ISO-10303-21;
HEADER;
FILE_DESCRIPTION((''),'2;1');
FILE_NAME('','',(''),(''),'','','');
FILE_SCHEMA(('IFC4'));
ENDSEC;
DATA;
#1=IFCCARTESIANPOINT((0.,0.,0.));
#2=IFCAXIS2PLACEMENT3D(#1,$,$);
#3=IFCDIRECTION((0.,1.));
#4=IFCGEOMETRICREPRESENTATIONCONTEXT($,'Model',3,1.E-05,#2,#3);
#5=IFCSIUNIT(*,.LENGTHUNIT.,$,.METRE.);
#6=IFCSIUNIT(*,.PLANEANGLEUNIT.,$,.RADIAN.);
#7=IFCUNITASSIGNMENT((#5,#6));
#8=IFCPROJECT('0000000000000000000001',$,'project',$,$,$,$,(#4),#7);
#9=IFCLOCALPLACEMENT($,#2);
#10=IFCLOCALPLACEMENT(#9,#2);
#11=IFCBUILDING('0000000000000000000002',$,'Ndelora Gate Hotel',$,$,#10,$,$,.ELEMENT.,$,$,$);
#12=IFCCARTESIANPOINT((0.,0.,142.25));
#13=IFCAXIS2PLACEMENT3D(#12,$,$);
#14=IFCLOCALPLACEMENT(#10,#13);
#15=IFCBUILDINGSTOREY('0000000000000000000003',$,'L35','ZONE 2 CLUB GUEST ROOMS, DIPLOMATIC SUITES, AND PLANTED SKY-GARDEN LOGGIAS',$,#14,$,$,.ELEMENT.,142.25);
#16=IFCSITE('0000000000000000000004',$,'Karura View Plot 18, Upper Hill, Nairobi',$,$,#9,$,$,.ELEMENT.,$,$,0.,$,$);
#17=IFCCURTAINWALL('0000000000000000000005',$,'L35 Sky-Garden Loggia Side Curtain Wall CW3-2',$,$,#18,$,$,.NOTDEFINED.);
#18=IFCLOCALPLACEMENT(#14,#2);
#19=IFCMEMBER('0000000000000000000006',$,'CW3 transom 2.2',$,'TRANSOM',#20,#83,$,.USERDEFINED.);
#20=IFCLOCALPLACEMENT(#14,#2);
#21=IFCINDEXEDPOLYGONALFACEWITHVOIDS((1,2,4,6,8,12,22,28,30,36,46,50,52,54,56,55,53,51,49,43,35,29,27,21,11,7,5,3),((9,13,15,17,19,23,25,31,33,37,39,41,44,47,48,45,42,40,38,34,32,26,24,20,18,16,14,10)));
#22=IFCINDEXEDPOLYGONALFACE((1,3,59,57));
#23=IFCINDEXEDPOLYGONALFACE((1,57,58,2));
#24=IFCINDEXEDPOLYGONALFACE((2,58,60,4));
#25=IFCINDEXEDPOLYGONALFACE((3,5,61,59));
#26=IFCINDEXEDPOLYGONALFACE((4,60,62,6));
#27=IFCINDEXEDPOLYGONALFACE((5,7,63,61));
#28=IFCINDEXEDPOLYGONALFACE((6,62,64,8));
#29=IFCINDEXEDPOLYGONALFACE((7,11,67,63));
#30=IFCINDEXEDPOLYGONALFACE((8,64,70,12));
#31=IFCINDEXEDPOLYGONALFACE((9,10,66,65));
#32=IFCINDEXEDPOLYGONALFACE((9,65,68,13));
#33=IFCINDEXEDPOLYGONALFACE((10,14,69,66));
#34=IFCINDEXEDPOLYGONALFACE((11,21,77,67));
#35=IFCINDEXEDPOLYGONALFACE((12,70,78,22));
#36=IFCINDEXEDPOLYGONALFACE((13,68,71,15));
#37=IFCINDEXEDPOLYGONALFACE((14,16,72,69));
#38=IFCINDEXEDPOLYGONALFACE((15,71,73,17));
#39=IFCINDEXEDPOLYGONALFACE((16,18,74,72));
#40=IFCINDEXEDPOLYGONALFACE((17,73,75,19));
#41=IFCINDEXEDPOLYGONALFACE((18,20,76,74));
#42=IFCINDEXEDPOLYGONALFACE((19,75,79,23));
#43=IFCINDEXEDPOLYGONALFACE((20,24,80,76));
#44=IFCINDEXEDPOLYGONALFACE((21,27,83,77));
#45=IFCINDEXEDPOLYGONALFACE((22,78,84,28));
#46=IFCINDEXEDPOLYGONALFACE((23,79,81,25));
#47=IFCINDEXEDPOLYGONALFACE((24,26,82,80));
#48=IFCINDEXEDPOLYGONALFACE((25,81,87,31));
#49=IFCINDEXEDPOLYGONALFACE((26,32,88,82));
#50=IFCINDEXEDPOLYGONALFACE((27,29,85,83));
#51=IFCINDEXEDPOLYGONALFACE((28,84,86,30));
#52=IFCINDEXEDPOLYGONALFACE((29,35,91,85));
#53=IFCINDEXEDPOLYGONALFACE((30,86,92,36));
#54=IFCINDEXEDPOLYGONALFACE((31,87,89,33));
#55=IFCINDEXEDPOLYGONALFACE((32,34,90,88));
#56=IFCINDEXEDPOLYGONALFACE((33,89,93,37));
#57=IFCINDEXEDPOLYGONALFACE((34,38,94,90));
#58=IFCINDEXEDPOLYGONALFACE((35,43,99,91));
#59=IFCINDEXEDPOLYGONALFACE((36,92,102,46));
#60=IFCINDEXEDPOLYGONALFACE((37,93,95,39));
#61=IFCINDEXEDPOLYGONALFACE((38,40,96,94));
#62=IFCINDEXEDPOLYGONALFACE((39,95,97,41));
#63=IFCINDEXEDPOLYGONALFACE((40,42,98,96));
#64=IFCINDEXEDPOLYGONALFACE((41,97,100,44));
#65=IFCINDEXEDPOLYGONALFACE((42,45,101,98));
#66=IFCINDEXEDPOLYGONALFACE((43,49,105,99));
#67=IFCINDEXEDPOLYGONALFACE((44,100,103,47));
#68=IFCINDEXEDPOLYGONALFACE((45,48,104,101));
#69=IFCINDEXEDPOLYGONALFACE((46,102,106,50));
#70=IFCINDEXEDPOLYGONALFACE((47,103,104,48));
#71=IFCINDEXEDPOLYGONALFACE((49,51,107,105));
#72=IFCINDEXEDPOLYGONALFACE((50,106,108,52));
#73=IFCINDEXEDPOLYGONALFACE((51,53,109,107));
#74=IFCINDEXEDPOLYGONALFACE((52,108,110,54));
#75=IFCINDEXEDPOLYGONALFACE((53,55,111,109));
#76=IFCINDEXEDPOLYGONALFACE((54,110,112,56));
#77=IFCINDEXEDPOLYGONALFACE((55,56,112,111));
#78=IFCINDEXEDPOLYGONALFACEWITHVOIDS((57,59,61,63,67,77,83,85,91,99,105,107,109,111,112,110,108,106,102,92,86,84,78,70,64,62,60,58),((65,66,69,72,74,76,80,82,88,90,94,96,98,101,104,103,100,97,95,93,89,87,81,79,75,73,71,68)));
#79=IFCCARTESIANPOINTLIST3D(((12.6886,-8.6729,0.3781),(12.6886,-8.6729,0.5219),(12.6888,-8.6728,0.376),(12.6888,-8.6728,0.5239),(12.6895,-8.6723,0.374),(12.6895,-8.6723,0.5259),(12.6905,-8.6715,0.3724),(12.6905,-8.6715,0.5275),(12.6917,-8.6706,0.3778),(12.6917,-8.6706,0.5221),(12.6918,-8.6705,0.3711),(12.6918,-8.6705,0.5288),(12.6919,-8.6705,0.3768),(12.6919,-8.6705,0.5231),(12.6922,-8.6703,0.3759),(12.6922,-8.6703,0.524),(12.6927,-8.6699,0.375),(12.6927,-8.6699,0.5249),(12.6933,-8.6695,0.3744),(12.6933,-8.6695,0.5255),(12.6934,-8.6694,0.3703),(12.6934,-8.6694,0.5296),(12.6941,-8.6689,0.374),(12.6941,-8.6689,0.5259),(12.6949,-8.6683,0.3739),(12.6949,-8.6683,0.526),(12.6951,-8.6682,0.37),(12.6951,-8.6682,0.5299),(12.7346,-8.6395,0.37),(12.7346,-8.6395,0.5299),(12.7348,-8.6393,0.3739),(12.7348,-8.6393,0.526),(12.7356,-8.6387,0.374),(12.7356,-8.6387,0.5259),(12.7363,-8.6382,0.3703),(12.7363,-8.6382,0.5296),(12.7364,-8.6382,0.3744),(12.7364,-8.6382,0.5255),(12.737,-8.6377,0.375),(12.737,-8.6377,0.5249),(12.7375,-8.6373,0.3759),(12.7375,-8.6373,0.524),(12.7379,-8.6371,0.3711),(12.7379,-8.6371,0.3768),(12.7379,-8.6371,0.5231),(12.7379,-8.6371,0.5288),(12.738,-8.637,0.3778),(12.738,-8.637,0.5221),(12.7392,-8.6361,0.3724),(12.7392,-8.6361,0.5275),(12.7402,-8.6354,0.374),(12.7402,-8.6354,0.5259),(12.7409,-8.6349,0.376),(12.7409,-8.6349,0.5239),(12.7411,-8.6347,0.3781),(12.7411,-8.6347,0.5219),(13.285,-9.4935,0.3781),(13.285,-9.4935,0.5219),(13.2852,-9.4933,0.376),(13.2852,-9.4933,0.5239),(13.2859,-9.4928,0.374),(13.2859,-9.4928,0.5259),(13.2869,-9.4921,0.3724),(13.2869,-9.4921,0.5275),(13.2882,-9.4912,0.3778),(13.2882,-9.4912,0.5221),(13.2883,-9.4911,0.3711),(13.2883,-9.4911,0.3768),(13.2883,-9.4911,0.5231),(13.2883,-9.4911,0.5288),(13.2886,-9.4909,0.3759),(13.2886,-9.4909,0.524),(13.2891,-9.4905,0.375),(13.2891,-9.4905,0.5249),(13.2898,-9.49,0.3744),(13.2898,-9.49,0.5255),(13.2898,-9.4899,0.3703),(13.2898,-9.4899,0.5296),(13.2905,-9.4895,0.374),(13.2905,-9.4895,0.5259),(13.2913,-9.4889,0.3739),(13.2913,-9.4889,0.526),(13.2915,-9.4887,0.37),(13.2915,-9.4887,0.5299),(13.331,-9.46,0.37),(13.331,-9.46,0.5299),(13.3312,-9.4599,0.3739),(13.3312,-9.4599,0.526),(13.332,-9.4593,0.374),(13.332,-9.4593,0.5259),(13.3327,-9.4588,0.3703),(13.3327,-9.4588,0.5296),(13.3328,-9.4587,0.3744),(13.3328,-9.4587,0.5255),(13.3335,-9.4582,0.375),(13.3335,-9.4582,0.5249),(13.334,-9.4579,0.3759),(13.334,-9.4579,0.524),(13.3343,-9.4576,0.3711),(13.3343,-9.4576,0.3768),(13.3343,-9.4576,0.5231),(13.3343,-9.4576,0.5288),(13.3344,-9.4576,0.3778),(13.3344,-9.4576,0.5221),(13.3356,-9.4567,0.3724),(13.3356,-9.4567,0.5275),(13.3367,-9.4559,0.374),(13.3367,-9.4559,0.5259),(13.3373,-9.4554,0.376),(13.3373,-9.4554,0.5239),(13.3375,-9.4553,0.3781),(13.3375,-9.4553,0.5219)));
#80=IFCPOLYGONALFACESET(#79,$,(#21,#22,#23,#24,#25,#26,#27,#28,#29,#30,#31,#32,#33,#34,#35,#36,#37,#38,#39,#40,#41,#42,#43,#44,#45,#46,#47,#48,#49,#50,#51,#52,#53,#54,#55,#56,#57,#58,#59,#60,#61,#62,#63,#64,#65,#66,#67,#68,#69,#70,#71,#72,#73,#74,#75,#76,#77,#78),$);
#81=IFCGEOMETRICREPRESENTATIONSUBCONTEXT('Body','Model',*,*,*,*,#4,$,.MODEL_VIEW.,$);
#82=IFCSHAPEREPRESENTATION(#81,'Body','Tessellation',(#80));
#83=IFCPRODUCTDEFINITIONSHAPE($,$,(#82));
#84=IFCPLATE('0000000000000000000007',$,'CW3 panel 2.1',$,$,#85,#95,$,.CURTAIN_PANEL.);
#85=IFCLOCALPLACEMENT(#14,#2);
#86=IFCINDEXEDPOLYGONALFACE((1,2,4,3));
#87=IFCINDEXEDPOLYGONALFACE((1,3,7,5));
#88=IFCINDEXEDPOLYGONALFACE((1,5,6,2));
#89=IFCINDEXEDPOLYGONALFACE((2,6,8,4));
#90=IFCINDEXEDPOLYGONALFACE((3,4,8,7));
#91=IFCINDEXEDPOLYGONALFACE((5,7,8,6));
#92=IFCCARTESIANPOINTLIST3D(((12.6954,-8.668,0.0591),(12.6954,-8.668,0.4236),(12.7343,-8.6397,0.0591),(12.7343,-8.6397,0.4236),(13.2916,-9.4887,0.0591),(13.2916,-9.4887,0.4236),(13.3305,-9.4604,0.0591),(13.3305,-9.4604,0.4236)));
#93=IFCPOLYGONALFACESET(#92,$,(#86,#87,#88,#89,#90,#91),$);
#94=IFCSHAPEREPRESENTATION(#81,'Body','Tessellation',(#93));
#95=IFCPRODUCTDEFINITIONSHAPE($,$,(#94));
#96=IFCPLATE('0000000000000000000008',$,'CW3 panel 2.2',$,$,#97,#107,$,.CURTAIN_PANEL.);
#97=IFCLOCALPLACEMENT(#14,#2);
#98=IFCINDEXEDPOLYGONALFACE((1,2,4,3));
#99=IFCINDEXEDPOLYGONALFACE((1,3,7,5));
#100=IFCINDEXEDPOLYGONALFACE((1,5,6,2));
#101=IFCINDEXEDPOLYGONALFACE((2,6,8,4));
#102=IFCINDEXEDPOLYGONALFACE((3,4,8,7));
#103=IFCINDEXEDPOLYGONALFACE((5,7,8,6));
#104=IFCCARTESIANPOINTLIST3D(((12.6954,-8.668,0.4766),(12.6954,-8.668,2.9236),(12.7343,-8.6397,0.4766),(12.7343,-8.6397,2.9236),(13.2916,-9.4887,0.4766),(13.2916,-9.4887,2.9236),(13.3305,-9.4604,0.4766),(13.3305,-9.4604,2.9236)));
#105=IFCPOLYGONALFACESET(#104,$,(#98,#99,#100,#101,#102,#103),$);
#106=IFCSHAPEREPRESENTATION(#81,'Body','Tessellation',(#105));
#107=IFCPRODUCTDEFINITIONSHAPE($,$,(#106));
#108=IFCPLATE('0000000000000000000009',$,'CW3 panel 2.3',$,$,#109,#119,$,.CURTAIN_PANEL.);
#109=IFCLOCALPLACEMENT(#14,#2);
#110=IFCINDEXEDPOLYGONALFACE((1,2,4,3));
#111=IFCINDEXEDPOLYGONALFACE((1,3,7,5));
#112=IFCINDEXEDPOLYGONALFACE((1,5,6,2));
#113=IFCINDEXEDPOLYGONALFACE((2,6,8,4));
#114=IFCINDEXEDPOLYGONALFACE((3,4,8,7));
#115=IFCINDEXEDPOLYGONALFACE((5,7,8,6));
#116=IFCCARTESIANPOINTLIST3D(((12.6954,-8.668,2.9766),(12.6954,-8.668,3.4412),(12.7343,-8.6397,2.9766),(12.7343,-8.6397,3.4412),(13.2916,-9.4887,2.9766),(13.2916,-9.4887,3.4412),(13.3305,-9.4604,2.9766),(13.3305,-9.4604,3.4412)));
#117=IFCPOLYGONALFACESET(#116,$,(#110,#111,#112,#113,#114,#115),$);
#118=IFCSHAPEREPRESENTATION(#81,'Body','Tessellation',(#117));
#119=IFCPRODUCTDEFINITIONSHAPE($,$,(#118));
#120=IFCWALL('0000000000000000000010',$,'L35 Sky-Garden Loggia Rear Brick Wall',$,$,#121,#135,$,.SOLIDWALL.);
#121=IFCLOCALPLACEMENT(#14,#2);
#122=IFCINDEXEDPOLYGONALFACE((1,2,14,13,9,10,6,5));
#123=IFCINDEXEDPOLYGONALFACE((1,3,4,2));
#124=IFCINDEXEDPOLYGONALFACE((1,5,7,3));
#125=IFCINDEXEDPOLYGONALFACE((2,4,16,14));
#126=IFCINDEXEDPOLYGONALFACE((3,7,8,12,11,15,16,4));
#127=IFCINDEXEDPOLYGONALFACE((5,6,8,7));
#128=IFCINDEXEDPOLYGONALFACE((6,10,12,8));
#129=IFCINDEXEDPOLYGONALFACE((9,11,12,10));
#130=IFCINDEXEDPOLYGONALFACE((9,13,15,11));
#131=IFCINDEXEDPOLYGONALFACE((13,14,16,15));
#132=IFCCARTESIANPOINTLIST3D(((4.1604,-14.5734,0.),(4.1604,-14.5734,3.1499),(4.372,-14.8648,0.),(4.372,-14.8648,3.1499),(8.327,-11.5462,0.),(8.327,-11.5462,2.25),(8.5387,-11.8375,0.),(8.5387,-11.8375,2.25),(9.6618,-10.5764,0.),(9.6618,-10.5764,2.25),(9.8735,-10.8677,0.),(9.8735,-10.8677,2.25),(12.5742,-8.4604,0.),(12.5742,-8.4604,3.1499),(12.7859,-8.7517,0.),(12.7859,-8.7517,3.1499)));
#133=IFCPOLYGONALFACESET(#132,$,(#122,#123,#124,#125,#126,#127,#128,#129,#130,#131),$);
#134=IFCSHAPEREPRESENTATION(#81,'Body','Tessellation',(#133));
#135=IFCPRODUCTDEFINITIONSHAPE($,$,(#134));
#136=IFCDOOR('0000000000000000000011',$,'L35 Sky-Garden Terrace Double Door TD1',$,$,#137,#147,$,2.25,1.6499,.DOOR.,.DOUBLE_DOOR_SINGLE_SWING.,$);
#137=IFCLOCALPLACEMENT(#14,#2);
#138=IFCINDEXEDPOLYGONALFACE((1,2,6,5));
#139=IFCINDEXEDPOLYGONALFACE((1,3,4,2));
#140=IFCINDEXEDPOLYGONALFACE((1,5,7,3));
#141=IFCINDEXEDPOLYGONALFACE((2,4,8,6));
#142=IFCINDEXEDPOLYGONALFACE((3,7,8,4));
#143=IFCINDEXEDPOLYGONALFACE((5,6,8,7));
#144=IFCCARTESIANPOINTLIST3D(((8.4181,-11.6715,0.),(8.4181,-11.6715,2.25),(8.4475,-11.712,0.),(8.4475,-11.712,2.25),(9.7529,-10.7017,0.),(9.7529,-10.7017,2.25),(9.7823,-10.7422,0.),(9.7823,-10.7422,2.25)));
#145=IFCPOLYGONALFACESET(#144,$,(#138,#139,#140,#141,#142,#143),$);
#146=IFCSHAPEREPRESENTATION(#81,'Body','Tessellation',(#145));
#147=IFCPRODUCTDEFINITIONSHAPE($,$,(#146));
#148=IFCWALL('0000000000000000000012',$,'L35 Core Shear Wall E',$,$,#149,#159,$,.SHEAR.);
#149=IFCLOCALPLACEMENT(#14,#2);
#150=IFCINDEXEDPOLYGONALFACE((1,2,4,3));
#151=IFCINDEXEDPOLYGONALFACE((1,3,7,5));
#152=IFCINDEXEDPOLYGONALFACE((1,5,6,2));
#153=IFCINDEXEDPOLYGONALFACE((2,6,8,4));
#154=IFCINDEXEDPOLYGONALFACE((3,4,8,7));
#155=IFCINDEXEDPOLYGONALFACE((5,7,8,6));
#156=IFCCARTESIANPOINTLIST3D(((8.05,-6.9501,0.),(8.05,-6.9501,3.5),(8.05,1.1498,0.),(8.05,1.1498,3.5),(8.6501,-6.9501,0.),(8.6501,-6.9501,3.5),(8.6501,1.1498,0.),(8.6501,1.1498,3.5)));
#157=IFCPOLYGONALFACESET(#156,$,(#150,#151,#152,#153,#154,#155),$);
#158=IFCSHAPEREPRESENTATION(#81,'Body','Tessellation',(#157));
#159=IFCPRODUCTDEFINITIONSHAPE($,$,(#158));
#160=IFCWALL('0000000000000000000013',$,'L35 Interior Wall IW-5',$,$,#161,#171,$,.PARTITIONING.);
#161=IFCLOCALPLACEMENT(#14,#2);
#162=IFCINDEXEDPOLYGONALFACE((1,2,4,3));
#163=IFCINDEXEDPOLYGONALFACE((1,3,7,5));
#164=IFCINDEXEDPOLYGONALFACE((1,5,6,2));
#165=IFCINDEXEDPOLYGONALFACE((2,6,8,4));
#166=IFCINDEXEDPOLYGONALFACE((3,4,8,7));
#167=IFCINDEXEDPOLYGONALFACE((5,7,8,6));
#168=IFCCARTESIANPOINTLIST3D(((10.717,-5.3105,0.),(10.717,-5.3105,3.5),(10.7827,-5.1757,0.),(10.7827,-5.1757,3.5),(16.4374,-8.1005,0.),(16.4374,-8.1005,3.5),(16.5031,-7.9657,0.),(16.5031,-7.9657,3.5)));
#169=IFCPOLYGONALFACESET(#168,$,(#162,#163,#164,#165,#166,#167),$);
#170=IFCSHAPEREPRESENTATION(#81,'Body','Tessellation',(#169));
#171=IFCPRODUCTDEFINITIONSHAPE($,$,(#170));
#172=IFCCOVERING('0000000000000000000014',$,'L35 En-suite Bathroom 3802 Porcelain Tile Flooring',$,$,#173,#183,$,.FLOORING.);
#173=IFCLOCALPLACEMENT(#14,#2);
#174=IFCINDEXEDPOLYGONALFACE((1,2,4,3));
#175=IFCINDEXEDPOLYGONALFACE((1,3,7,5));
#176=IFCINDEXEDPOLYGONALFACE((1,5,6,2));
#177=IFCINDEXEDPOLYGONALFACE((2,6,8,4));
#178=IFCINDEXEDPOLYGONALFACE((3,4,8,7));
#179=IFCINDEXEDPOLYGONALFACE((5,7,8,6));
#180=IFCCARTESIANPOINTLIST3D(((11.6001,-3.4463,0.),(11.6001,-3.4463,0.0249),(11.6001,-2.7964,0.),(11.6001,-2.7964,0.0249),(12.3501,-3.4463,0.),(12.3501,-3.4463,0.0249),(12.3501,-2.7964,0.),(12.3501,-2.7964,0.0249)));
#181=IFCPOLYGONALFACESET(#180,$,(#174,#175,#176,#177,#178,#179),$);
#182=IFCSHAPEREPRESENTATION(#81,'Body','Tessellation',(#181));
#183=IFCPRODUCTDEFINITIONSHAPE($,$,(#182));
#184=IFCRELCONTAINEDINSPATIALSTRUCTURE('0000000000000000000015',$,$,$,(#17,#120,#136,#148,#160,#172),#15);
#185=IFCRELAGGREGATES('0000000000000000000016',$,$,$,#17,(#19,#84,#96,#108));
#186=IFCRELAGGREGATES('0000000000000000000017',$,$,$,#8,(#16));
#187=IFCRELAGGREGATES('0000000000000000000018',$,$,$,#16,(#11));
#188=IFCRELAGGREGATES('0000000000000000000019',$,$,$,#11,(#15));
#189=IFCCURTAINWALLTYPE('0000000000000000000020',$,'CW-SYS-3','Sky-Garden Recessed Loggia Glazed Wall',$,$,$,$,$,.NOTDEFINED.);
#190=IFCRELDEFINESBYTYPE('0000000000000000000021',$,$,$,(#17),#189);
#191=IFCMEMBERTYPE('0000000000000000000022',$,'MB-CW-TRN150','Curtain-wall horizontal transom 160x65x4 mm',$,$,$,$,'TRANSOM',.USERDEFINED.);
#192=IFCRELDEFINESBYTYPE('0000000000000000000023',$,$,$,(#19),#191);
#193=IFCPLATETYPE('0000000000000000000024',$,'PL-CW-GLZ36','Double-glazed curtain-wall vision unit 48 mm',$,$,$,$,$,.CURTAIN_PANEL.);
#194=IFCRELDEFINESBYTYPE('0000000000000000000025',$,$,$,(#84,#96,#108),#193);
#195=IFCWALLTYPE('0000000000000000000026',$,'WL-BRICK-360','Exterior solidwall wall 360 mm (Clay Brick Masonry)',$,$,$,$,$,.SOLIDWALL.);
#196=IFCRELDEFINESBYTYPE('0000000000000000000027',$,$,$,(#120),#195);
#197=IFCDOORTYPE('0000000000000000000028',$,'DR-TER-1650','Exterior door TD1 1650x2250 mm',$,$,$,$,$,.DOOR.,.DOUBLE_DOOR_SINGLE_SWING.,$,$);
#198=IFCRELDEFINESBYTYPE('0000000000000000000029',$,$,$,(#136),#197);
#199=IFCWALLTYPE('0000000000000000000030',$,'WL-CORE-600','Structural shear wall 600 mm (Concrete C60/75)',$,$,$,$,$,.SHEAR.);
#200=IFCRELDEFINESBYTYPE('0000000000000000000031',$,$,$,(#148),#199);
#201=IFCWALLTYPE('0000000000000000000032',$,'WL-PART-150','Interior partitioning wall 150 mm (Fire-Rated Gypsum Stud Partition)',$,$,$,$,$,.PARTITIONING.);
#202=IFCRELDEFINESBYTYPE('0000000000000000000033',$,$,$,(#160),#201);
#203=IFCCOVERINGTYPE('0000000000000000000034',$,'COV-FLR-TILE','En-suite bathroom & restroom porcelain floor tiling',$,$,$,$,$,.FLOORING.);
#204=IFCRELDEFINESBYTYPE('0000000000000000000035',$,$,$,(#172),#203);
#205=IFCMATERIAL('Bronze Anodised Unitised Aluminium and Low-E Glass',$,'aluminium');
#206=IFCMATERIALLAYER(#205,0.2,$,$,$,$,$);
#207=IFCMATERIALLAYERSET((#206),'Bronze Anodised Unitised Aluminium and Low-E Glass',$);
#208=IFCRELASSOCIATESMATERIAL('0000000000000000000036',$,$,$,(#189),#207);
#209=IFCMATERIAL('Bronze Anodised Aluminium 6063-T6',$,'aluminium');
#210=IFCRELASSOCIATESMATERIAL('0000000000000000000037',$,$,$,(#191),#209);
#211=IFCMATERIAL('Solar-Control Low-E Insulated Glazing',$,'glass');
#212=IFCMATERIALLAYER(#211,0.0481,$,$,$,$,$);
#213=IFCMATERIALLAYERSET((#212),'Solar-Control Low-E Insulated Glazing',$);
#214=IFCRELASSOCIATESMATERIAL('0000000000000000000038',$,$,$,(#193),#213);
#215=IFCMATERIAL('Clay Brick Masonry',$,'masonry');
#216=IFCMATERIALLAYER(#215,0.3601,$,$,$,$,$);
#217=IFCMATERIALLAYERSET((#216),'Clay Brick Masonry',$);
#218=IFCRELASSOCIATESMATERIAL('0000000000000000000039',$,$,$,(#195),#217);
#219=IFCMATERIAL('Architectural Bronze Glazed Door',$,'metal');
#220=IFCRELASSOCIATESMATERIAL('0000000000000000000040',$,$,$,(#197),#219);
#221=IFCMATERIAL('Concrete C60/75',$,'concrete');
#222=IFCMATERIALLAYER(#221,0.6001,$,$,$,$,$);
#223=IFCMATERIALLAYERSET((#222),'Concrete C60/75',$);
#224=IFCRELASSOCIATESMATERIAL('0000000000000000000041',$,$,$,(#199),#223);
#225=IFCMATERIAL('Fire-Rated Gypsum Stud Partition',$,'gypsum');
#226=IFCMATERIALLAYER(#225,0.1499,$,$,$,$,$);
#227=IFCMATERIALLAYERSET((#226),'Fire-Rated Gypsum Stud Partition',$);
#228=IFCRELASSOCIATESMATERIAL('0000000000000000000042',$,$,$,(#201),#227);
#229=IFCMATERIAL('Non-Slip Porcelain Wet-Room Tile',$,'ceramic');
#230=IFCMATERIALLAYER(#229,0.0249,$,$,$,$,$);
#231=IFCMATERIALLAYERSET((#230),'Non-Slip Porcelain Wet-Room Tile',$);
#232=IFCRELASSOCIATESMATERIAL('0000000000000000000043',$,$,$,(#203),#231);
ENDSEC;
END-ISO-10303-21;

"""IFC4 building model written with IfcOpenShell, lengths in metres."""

from ifc_helpers import new_model, si_unit, direction, frame, frame_2d, origin, origin_2d, place, context, subcontext, project, spatial, rectangle, hollow_rectangle, extrude, material, layer, layer_set, material_profile, profile_set, type_object, element, fill, aggregate, save


model = new_model("IFC4")

# Units and contexts
model_context = context("Model", 3, precision=1e-05, world=origin(), true_north=direction((0.0, 1.0)))
body_context = subcontext(model_context, "Body", "Model", "MODEL_VIEW")
ifc_project = project(units=[si_unit("LENGTHUNIT", "METRE"), si_unit("PLANEANGLEUNIT", "RADIAN")], contexts=[model_context])

# Site, building, storey
site_placement = place(None, origin())
site = spatial("IfcSite", under=ifc_project, at=site_placement, Name="Karura View Plot 18, Upper Hill, Nairobi", CompositionType="ELEMENT", RefElevation=0.0)
building_placement = place(site_placement, origin())
building = spatial("IfcBuilding", under=site, at=building_placement, Name="Ndelora Gate Hotel", CompositionType="ELEMENT")
storey_placement = place(building_placement, frame((0.0, 0.0, 142.25)))
storey = spatial("IfcBuildingStorey", under=building, at=storey_placement, Name="L35", Description="ZONE 2 CLUB GUEST ROOMS, DIPLOMATIC SUITES, AND PLANTED SKY-GARDEN LOGGIAS", CompositionType="ELEMENT", Elevation=142.25)

# Shared definitions
ifc_material_1 = material(Name="Concrete C60/75", Category="concrete")

# Curtain wall, member, plates
ifc_material_2 = material(Name="Bronze Anodised Unitised Aluminium and Low-E Glass", Category="aluminium")
ifc_layer_1 = layer(ifc_material_2, 0.2)
ifc_layer_set_1 = layer_set([ifc_layer_1], Name="Bronze Anodised Unitised Aluminium and Low-E Glass")
curtain_wall_type = type_object("IfcCurtainWallType", Name="CW-SYS-3", Description="Sky-Garden Recessed Loggia Glazed Wall", PredefinedType="NOTDEFINED", material=ifc_layer_set_1)
curtain_wall_placement = place(storey_placement, origin())
curtain_wall = element("IfcCurtainWall", 1, at=curtain_wall_placement, inside=storey, type_object=curtain_wall_type, Name="L35 Sky-Garden Loggia Side Curtain Wall CW3-2", PredefinedType="NOTDEFINED")
ifc_material_3 = material(Name="Bronze Anodised Aluminium 6063-T6", Category="aluminium")
ifc_material_profile_1 = material_profile(ifc_material_3, hollow_rectangle(XDim=0.0649, YDim=0.1599, WallThickness=0.0039, InnerFilletRadius=0.0039, OuterFilletRadius=0.0081, at=origin_2d()), Name="ALU 160x65x4")
ifc_profile_set_1 = profile_set([ifc_material_profile_1], Name="Bronze Anodised Aluminium 6063-T6")
member_type_1 = type_object("IfcMemberType", Name="MB-CW-TRN150", Description="Curtain-wall horizontal transom 160x65x4 mm", ElementType="TRANSOM", PredefinedType="USERDEFINED", material=ifc_profile_set_1)
member_1_placement = place(storey_placement, frame((13.3113, -9.4744, 0.45), z_axis=(-0.587957, 0.808892, 0.0), x_axis=(-0.808892, -0.587957, 0.0)))
member_1 = element("IfcMember", 2, at=member_1_placement, type_object=member_type_1, Name="CW3 transom 2.2", ObjectType="TRANSOM", PredefinedType="USERDEFINED", context=body_context, shape_type="SweptSolid", body=[
    extrude(hollow_rectangle(XDim=0.0649, YDim=0.1599, WallThickness=0.0039, InnerFilletRadius=0.0039, OuterFilletRadius=0.0081, at=origin_2d()), origin(), (0.0, 0.0, 1.0), 1.0144),
])
ifc_material_4 = material(Name="Solar-Control Low-E Insulated Glazing", Category="glass")
ifc_layer_2 = layer(ifc_material_4, 0.0481)
ifc_layer_set_2 = layer_set([ifc_layer_2], Name="Solar-Control Low-E Insulated Glazing")
plate_type = type_object("IfcPlateType", Name="PL-CW-GLZ36", Description="Double-glazed curtain-wall vision unit 48 mm", PredefinedType="CURTAIN_PANEL", material=ifc_layer_set_2)
plate_1_placement = place(storey_placement, frame((13.0129, -9.0642, 0.0591), z_axis=(0.0, 0.0, 1.0), x_axis=(-0.587785, 0.809017, 0.0)))
plate_1 = element("IfcPlate", 3, at=plate_1_placement, type_object=plate_type, Name="CW3 panel 2.1", PredefinedType="CURTAIN_PANEL", context=body_context, shape_type="SweptSolid", body=[
    extrude(rectangle(XDim=1.0144, YDim=0.0481, at=origin_2d()), origin(), (0.0, 0.0, 1.0), 0.3645),
])
plate_2_placement = place(storey_placement, frame((13.0129, -9.0642, 0.4766), z_axis=(0.0, 0.0, 1.0), x_axis=(-0.587785, 0.809017, 0.0)))
plate_2 = element("IfcPlate", 4, at=plate_2_placement, type_object=plate_type, Name="CW3 panel 2.2", PredefinedType="CURTAIN_PANEL", context=body_context, shape_type="SweptSolid", body=[
    extrude(rectangle(XDim=1.0144, YDim=0.0481, at=origin_2d()), origin(), (0.0, 0.0, 1.0), 2.447),
])
plate_3_placement = place(storey_placement, frame((13.0129, -9.0642, 2.9766), z_axis=(0.0, 0.0, 1.0), x_axis=(-0.587785, 0.809017, 0.0)))
plate_3 = element("IfcPlate", 5, at=plate_3_placement, type_object=plate_type, Name="CW3 panel 2.3", PredefinedType="CURTAIN_PANEL", context=body_context, shape_type="SweptSolid", body=[
    extrude(rectangle(XDim=1.0144, YDim=0.0481, at=origin_2d()), origin(), (0.0, 0.0, 1.0), 0.4646),
])
aggregate(curtain_wall, [member_1, plate_1, plate_2, plate_3])

# Wall, opening, door
ifc_material_5 = material(Name="Clay Brick Masonry", Category="masonry")
ifc_layer_3 = layer(ifc_material_5, 0.3601)
ifc_layer_set_3 = layer_set([ifc_layer_3], Name="Clay Brick Masonry")
wall_type_1 = type_object("IfcWallType", Name="WL-BRICK-360", Description="Exterior solidwall wall 360 mm (Clay Brick Masonry)", PredefinedType="SOLIDWALL", material=ifc_layer_set_3)
wall_1_placement = place(storey_placement, frame((12.6802, -8.606, 0.0), z_axis=(0.0, 0.0, 1.0), x_axis=(-0.809015, -0.587788, 0.0)))
wall_1 = element("IfcWall", 6, at=wall_1_placement, inside=storey, type_object=wall_type_1, Name="L35 Sky-Garden Loggia Rear Brick Wall", PredefinedType="SOLIDWALL", context=body_context, shape_type="SweptSolid", body=[
    extrude(rectangle(XDim=10.4001, YDim=0.3601, at=frame_2d((5.2002, 0.0))), origin(), (0.0, 0.0, 1.0), 3.1499),
])
opening_1_placement = place(wall_1_placement, frame((3.6001, 0.0, 0.0)))
opening_1 = element("IfcOpeningElement", 7, at=opening_1_placement, cuts=wall_1, PredefinedType="OPENING", context=body_context, shape_type="SweptSolid", body=[
    extrude(rectangle(XDim=1.6499, YDim=2.25, at=frame_2d((0.825, 1.125))), frame((0.0, 0.1899, 0.0), z_axis=(0.0, -1.0, 0.0), x_axis=(1.0, 0.0, 0.0)), (0.0, 0.0, 1.0), 0.3801),
])
ifc_material_6 = material(Name="Architectural Bronze Glazed Door", Category="metal")
door_type_1 = type_object("IfcDoorType", Name="DR-TER-1650", Description="Exterior door TD1 1650x2250 mm", OperationType="DOUBLE_DOOR_SINGLE_SWING", PredefinedType="DOOR", material=ifc_material_6)
door_1_placement = place(opening_1_placement, origin())
door_1 = element("IfcDoor", 8, at=door_1_placement, inside=storey, type_object=door_type_1, Name="L35 Sky-Garden Terrace Double Door TD1", OperationType="DOUBLE_DOOR_SINGLE_SWING", OverallHeight=2.25, OverallWidth=1.6499, PredefinedType="DOOR", context=body_context, shape_type="SweptSolid", body=[
    extrude(rectangle(XDim=1.6499, YDim=2.25, at=frame_2d((0.825, 1.125))), frame((0.0, 0.0249, 0.0), z_axis=(0.0, -1.0, 0.0), x_axis=(1.0, 0.0, 0.0)), (0.0, 0.0, 1.0), 0.05),
])
fill(opening_1, door_1)

# Wall
ifc_layer_4 = layer(ifc_material_1, 0.6001)
ifc_layer_set_4 = layer_set([ifc_layer_4], Name="Concrete C60/75")
wall_type_2 = type_object("IfcWallType", Name="WL-CORE-600", Description="Structural shear wall 600 mm (Concrete C60/75)", PredefinedType="SHEAR", material=ifc_layer_set_4)
wall_2_placement = place(storey_placement, frame((8.3501, -6.95, 0.0), z_axis=(0.0, 0.0, 1.0), x_axis=(0.0, 1.0, 0.0)))
element("IfcWall", 9, at=wall_2_placement, inside=storey, type_object=wall_type_2, Name="L35 Core Shear Wall E", PredefinedType="SHEAR", context=body_context, shape_type="SweptSolid", body=[
    extrude(rectangle(XDim=8.0999, YDim=0.6001, at=frame_2d((4.0498, 0.0))), origin(), (0.0, 0.0, 1.0), 3.5),
])

# Shared definitions
ifc_material_7 = material(Name="Fire-Rated Gypsum Stud Partition", Category="gypsum")
ifc_layer_5 = layer(ifc_material_7, 0.1499)
ifc_layer_set_5 = layer_set([ifc_layer_5], Name="Fire-Rated Gypsum Stud Partition")
wall_type_3 = type_object("IfcWallType", Name="WL-PART-150", Description="Interior partitioning wall 150 mm (Fire-Rated Gypsum Stud Partition)", PredefinedType="PARTITIONING", material=ifc_layer_set_5)

# Wall
wall_3_placement = place(storey_placement, frame((10.75, -5.2432, 0.0), z_axis=(0.0, 0.0, 1.0), x_axis=(0.898795, -0.438369, 0.0)))
element("IfcWall", 10, at=wall_3_placement, inside=storey, type_object=wall_type_3, Name="L35 Interior Wall IW-5", PredefinedType="PARTITIONING", context=body_context, shape_type="SweptSolid", body=[
    extrude(rectangle(XDim=6.3645, YDim=0.1499, at=frame_2d((3.1821, 0.0))), origin(), (0.0, 0.0, 1.0), 3.5),
])

# Covering
ifc_material_8 = material(Name="Non-Slip Porcelain Wet-Room Tile", Category="ceramic")
ifc_layer_6 = layer(ifc_material_8, 0.0249)
ifc_layer_set_6 = layer_set([ifc_layer_6], Name="Non-Slip Porcelain Wet-Room Tile")
covering_type = type_object("IfcCoveringType", Name="COV-FLR-TILE", Description="En-suite bathroom & restroom porcelain floor tiling", PredefinedType="FLOORING", material=ifc_layer_set_6)
covering_placement = place(storey_placement, frame((11.9751, -3.1213, 0.0), z_axis=(0.0, 0.0, 1.0), x_axis=(1.0, 0.0, 0.0)))
element("IfcCovering", 11, at=covering_placement, inside=storey, type_object=covering_type, Name="L35 En-suite Bathroom 3802 Porcelain Tile Flooring", PredefinedType="FLOORING", context=body_context, shape_type="SweptSolid", body=[
    extrude(rectangle(XDim=0.75, YDim=0.6499, at=origin_2d()), origin(), (0.0, 0.0, 1.0), 0.0249),
])

save(model, "model.ifc")
